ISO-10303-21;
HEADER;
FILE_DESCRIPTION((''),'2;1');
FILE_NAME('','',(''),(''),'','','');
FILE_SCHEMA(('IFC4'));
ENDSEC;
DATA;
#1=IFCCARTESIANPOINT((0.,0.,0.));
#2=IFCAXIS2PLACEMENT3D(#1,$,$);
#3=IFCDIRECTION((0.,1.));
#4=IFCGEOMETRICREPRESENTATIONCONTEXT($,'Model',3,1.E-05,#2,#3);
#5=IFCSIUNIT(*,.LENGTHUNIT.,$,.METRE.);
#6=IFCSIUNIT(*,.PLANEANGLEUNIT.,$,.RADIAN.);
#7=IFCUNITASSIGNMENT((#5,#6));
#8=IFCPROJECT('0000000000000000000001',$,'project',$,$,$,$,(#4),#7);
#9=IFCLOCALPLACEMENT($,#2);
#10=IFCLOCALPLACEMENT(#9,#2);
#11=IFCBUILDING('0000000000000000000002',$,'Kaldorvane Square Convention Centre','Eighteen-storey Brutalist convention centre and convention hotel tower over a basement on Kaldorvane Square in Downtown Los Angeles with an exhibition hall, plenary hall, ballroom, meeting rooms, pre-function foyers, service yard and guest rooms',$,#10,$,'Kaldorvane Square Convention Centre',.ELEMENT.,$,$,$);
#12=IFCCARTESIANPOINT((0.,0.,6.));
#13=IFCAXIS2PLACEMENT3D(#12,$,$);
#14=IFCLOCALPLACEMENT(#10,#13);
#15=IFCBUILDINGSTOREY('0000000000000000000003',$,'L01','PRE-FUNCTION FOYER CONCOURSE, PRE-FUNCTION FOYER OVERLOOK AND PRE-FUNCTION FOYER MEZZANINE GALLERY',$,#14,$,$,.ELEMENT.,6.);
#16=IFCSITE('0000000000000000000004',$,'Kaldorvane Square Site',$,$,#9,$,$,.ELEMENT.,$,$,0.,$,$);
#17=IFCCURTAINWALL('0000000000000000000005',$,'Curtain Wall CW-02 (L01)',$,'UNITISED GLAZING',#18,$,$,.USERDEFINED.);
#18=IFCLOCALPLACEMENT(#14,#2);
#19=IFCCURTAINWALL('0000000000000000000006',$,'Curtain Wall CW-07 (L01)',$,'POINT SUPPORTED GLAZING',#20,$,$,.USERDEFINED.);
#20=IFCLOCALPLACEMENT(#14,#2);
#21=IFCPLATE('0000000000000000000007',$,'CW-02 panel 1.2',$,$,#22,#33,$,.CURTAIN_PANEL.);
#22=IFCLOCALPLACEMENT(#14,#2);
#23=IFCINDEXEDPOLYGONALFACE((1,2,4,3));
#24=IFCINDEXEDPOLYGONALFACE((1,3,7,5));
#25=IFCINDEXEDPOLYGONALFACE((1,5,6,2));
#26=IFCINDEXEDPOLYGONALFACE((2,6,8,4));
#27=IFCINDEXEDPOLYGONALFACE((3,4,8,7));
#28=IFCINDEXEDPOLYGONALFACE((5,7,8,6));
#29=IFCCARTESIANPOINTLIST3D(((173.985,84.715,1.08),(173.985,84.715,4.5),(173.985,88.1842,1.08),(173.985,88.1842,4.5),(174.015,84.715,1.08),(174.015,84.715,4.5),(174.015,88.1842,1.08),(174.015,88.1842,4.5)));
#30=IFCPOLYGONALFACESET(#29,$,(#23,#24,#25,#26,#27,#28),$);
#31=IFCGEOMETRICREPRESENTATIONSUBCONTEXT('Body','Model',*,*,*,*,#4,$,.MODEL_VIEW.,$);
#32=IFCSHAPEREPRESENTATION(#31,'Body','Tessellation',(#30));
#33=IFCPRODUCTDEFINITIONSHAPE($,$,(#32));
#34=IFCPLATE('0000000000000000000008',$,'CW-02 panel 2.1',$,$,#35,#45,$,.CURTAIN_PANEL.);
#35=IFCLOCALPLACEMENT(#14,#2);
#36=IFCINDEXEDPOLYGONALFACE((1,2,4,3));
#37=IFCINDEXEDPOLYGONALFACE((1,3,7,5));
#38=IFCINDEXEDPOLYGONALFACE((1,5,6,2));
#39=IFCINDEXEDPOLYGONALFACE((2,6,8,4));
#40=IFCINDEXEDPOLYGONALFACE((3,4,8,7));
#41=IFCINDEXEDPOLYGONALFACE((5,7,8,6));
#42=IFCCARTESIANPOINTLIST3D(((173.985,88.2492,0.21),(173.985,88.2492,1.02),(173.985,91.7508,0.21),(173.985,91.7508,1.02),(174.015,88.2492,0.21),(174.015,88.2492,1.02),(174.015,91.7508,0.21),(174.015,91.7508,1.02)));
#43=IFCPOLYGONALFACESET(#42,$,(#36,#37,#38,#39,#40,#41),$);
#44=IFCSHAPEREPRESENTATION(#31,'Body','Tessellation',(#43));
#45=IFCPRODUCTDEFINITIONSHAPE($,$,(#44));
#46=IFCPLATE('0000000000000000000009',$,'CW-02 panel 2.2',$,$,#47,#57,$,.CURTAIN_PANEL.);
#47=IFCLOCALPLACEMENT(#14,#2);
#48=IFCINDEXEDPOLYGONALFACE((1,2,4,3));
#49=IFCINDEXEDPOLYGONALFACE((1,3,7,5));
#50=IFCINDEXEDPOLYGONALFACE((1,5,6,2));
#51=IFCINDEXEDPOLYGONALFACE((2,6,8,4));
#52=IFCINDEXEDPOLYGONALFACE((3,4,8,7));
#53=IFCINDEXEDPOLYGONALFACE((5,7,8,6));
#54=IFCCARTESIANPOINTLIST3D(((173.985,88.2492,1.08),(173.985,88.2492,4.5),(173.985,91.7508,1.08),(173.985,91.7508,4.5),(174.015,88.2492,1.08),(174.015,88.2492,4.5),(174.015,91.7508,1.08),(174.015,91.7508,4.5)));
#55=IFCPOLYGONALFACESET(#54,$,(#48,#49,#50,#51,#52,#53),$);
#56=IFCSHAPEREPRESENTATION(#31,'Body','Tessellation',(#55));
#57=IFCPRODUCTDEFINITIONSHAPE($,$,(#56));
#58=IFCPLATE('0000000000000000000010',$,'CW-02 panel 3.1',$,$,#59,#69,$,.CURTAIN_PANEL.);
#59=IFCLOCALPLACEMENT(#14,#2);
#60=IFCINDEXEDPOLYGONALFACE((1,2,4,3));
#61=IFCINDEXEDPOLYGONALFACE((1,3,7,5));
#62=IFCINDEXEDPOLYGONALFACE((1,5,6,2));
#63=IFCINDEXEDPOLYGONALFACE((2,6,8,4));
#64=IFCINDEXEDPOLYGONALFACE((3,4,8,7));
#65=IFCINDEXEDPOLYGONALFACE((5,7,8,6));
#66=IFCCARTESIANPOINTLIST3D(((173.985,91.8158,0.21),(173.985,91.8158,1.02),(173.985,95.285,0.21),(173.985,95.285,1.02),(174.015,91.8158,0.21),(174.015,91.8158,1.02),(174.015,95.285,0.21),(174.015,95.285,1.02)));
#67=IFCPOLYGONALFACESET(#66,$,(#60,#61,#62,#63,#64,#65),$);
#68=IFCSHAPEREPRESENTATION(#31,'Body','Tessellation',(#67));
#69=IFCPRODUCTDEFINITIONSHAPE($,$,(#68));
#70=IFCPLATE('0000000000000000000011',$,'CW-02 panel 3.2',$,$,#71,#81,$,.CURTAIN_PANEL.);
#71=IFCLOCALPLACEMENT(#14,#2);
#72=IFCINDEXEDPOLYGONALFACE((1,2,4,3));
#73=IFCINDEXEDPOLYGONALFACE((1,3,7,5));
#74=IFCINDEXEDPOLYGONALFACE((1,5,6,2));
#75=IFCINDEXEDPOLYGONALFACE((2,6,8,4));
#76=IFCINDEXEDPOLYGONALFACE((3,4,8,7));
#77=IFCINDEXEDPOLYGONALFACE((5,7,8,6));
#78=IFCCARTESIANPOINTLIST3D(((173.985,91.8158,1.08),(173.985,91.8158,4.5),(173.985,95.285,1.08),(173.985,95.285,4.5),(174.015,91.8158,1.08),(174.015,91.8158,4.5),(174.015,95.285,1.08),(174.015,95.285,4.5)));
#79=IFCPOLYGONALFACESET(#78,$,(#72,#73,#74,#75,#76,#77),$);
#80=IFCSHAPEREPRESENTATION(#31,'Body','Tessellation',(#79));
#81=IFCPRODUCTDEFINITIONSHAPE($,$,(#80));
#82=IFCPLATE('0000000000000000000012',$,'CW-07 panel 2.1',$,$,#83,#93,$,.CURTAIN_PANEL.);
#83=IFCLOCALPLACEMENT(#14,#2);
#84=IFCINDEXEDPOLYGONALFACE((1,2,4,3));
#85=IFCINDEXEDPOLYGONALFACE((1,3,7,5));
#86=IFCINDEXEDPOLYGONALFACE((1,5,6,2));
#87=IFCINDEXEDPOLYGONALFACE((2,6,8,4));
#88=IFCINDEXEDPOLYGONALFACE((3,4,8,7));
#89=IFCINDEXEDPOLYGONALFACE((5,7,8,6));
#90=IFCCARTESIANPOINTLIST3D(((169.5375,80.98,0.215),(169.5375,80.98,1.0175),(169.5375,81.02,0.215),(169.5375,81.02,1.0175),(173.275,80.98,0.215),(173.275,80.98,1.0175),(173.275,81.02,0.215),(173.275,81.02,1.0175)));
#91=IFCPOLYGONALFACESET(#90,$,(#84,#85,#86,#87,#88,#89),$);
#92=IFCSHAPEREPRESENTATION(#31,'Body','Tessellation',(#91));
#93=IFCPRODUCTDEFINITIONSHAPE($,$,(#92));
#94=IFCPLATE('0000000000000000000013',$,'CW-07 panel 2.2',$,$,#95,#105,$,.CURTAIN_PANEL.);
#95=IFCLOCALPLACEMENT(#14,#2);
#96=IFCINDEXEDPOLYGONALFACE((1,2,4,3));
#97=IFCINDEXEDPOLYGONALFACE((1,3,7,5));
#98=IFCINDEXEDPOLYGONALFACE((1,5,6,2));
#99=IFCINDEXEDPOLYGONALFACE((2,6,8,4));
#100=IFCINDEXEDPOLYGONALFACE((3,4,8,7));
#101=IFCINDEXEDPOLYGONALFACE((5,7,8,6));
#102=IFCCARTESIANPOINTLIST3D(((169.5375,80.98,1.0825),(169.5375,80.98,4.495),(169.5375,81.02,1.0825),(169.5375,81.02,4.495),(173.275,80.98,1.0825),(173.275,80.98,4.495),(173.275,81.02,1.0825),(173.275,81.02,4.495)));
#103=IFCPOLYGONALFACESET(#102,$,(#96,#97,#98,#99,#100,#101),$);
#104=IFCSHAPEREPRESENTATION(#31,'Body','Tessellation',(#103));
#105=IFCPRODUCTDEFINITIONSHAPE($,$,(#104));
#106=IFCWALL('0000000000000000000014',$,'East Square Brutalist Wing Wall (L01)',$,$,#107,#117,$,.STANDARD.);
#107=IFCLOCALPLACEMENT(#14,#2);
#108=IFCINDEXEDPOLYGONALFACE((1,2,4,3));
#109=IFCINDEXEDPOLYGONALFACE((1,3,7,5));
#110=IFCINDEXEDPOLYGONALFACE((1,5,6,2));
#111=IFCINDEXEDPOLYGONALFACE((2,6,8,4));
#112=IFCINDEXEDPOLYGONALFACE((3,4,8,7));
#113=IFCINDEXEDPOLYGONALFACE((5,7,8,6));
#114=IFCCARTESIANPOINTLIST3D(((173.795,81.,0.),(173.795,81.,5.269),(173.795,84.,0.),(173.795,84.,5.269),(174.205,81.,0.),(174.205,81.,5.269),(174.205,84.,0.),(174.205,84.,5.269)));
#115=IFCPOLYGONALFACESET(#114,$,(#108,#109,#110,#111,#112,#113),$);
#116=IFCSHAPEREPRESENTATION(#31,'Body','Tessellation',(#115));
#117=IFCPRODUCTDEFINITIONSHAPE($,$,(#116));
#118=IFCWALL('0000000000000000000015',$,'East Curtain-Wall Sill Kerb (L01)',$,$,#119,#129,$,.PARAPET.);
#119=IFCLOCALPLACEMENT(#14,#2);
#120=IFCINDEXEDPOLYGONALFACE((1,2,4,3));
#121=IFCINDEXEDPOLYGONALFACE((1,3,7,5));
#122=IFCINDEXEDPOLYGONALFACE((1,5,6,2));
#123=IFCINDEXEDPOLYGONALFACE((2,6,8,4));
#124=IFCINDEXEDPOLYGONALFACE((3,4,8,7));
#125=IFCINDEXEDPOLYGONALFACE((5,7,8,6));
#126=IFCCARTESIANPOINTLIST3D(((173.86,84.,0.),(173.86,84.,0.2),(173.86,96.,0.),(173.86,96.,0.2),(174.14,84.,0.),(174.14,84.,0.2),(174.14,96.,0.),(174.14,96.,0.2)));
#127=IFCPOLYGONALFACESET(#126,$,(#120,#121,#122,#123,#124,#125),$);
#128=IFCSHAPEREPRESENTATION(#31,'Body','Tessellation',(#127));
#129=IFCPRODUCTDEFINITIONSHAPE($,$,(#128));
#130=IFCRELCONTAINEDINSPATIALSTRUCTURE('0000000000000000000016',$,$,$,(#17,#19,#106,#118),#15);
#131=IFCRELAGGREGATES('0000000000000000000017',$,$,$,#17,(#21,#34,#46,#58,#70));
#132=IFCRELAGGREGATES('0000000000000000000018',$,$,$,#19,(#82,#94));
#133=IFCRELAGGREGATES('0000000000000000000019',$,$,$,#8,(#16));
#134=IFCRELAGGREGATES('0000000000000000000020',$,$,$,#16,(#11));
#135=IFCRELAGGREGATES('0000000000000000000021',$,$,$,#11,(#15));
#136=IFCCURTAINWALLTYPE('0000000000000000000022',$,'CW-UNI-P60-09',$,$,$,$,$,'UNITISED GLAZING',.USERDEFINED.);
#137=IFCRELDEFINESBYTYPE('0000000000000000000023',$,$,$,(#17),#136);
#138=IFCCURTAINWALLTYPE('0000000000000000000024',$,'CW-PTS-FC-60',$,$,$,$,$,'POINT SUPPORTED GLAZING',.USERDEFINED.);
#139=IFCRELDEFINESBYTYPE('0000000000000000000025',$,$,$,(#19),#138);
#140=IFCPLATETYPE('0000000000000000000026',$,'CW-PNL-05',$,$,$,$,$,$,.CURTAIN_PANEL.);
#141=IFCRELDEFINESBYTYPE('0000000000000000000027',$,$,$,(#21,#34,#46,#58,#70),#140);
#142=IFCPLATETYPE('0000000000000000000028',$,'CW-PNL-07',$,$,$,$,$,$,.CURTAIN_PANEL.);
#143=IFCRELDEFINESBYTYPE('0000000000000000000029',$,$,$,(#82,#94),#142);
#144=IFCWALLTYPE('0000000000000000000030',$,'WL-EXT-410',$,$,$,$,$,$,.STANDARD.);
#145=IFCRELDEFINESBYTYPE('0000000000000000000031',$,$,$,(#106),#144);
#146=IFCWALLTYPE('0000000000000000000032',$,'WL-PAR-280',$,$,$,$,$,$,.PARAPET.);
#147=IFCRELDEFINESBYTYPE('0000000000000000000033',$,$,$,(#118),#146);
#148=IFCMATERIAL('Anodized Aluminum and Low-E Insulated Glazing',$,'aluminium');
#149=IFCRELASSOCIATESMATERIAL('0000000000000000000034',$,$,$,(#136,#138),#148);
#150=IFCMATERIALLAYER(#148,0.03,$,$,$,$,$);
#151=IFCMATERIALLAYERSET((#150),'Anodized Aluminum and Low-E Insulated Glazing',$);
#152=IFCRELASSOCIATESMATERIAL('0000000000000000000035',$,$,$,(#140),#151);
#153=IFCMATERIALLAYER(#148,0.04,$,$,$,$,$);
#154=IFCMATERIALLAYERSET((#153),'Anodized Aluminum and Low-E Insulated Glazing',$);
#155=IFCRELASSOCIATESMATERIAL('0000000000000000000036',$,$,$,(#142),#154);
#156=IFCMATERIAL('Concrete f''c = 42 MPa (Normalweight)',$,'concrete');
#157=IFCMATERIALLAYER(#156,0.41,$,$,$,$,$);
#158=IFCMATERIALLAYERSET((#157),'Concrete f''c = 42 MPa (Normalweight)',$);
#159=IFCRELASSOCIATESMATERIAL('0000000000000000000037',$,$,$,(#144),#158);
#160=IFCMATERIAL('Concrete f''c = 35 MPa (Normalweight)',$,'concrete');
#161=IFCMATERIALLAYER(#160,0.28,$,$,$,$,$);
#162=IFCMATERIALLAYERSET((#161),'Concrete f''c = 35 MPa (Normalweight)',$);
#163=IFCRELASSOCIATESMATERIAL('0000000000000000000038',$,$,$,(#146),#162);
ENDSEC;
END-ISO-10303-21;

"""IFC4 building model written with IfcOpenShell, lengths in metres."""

from ifc_helpers import new_model, si_unit, direction, frame, frame_2d, origin, origin_2d, place, context, subcontext, project, spatial, rectangle, extrude, material, layer, layer_set, type_object, element, aggregate, save


model = new_model("IFC4")

# Units and contexts
model_context = context("Model", 3, precision=1e-05, world=origin(), true_north=direction((0.0, 1.0)))
body_context = subcontext(model_context, "Body", "Model", "MODEL_VIEW")
ifc_project = project(units=[si_unit("LENGTHUNIT", "METRE"), si_unit("PLANEANGLEUNIT", "RADIAN")], contexts=[model_context])

# Site, building, storey
site_placement = place(None, origin())
site = spatial("IfcSite", under=ifc_project, at=site_placement, Name="Kaldorvane Square Site", CompositionType="ELEMENT", RefElevation=0.0)
building_placement = place(site_placement, origin())
building = spatial("IfcBuilding", under=site, at=building_placement, Name="Kaldorvane Square Convention Centre", Description="Eighteen-storey Brutalist convention centre and convention hotel tower over a basement on Kaldorvane Square in Downtown Los Angeles with an exhibition hall, plenary hall, ballroom, meeting rooms, pre-function foyers, service yard and guest rooms", LongName="Kaldorvane Square Convention Centre", CompositionType="ELEMENT")
storey_placement = place(building_placement, frame((0.0, 0.0, 6.0)))
storey = spatial("IfcBuildingStorey", under=building, at=storey_placement, Name="L01", Description="PRE-FUNCTION FOYER CONCOURSE, PRE-FUNCTION FOYER OVERLOOK AND PRE-FUNCTION FOYER MEZZANINE GALLERY", CompositionType="ELEMENT", Elevation=6.0)

# Curtain wall
ifc_material_1 = material(Name="Anodized Aluminum and Low-E Insulated Glazing", Category="aluminium")
curtain_wall_type_1 = type_object("IfcCurtainWallType", Name="CW-UNI-P60-09", ElementType="UNITISED GLAZING", PredefinedType="USERDEFINED", material=ifc_material_1)
curtain_wall_1_placement = place(storey_placement, origin())
curtain_wall_1 = element("IfcCurtainWall", 1, at=curtain_wall_1_placement, inside=storey, type_object=curtain_wall_type_1, Name="Curtain Wall CW-02 (L01)", ObjectType="UNITISED GLAZING", PredefinedType="USERDEFINED")

# Curtain wall
curtain_wall_type_2 = type_object("IfcCurtainWallType", Name="CW-PTS-FC-60", ElementType="POINT SUPPORTED GLAZING", PredefinedType="USERDEFINED", material=ifc_material_1)
curtain_wall_2_placement = place(storey_placement, origin())
curtain_wall_2 = element("IfcCurtainWall", 2, at=curtain_wall_2_placement, inside=storey, type_object=curtain_wall_type_2, Name="Curtain Wall CW-07 (L01)", ObjectType="POINT SUPPORTED GLAZING", PredefinedType="USERDEFINED")

# Plates
ifc_layer_1 = layer(ifc_material_1, 0.03)
ifc_layer_set_1 = layer_set([ifc_layer_1], Name="Anodized Aluminum and Low-E Insulated Glazing")
plate_type_1 = type_object("IfcPlateType", Name="CW-PNL-05", PredefinedType="CURTAIN_PANEL", material=ifc_layer_set_1)
plate_1_placement = place(storey_placement, frame((174.0, 86.4496, 1.08), z_axis=(0.0, 0.0, 1.0), x_axis=(0.0, 1.0, 0.0)))
plate_1 = element("IfcPlate", 3, at=plate_1_placement, type_object=plate_type_1, Name="CW-02 panel 1.2", PredefinedType="CURTAIN_PANEL", context=body_context, shape_type="SweptSolid", body=[
    extrude(rectangle(XDim=3.4692, YDim=0.03, at=origin_2d()), origin(), (0.0, 0.0, 1.0), 3.42),
])
plate_2_placement = place(storey_placement, frame((174.0, 90.0, 0.21), z_axis=(0.0, 0.0, 1.0), x_axis=(0.0, 1.0, 0.0)))
plate_2 = element("IfcPlate", 4, at=plate_2_placement, type_object=plate_type_1, Name="CW-02 panel 2.1", PredefinedType="CURTAIN_PANEL", context=body_context, shape_type="SweptSolid", body=[
    extrude(rectangle(XDim=3.5017, YDim=0.03, at=origin_2d()), origin(), (0.0, 0.0, 1.0), 0.81),
])
plate_3_placement = place(storey_placement, frame((174.0, 90.0, 1.08), z_axis=(0.0, 0.0, 1.0), x_axis=(0.0, 1.0, 0.0)))
plate_3 = element("IfcPlate", 5, at=plate_3_placement, type_object=plate_type_1, Name="CW-02 panel 2.2", PredefinedType="CURTAIN_PANEL", context=body_context, shape_type="SweptSolid", body=[
    extrude(rectangle(XDim=3.5017, YDim=0.03, at=origin_2d()), origin(), (0.0, 0.0, 1.0), 3.42),
])
plate_4_placement = place(storey_placement, frame((174.0, 93.5504, 0.21), z_axis=(0.0, 0.0, 1.0), x_axis=(0.0, 1.0, 0.0)))
plate_4 = element("IfcPlate", 6, at=plate_4_placement, type_object=plate_type_1, Name="CW-02 panel 3.1", PredefinedType="CURTAIN_PANEL", context=body_context, shape_type="SweptSolid", body=[
    extrude(rectangle(XDim=3.4692, YDim=0.03, at=origin_2d()), origin(), (0.0, 0.0, 1.0), 0.81),
])
plate_5_placement = place(storey_placement, frame((174.0, 93.5504, 1.08), z_axis=(0.0, 0.0, 1.0), x_axis=(0.0, 1.0, 0.0)))
plate_5 = element("IfcPlate", 7, at=plate_5_placement, type_object=plate_type_1, Name="CW-02 panel 3.2", PredefinedType="CURTAIN_PANEL", context=body_context, shape_type="SweptSolid", body=[
    extrude(rectangle(XDim=3.4692, YDim=0.03, at=origin_2d()), origin(), (0.0, 0.0, 1.0), 3.42),
])
aggregate(curtain_wall_1, [plate_1, plate_2, plate_3, plate_4, plate_5])
ifc_layer_2 = layer(ifc_material_1, 0.04)
ifc_layer_set_2 = layer_set([ifc_layer_2], Name="Anodized Aluminum and Low-E Insulated Glazing")
plate_type_2 = type_object("IfcPlateType", Name="CW-PNL-07", PredefinedType="CURTAIN_PANEL", material=ifc_layer_set_2)
plate_6_placement = place(storey_placement, frame((171.4062, 81.0, 0.215), z_axis=(0.0, 0.0, 1.0), x_axis=(1.0, 0.0, 0.0)))
plate_6 = element("IfcPlate", 8, at=plate_6_placement, type_object=plate_type_2, Name="CW-07 panel 2.1", PredefinedType="CURTAIN_PANEL", context=body_context, shape_type="SweptSolid", body=[
    extrude(rectangle(XDim=3.7375, YDim=0.04, at=origin_2d()), origin(), (0.0, 0.0, 1.0), 0.8025),
])
plate_7_placement = place(storey_placement, frame((171.4062, 81.0, 1.0825), z_axis=(0.0, 0.0, 1.0), x_axis=(1.0, 0.0, 0.0)))
plate_7 = element("IfcPlate", 9, at=plate_7_placement, type_object=plate_type_2, Name="CW-07 panel 2.2", PredefinedType="CURTAIN_PANEL", context=body_context, shape_type="SweptSolid", body=[
    extrude(rectangle(XDim=3.7375, YDim=0.04, at=origin_2d()), origin(), (0.0, 0.0, 1.0), 3.4125),
])
aggregate(curtain_wall_2, [plate_6, plate_7])

# Walls
ifc_material_2 = material(Name="Concrete f'c = 42 MPa (Normalweight)", Category="concrete")
ifc_layer_3 = layer(ifc_material_2, 0.41)
ifc_layer_set_3 = layer_set([ifc_layer_3], Name="Concrete f'c = 42 MPa (Normalweight)")
wall_type_1 = type_object("IfcWallType", Name="WL-EXT-410", PredefinedType="STANDARD", material=ifc_layer_set_3)
wall_1_placement = place(storey_placement, frame((174.0, 81.0, 0.0), z_axis=(0.0, 0.0, 1.0), x_axis=(0.0, 1.0, 0.0)))
element("IfcWall", 10, at=wall_1_placement, inside=storey, type_object=wall_type_1, Name="East Square Brutalist Wing Wall (L01)", PredefinedType="STANDARD", context=body_context, shape_type="SweptSolid", body=[
    extrude(rectangle(XDim=3.0, YDim=0.41, at=frame_2d((1.5, 0.0))), origin(), (0.0, 0.0, 1.0), 5.269),
])
ifc_material_3 = material(Name="Concrete f'c = 35 MPa (Normalweight)", Category="concrete")
ifc_layer_4 = layer(ifc_material_3, 0.28)
ifc_layer_set_4 = layer_set([ifc_layer_4], Name="Concrete f'c = 35 MPa (Normalweight)")
wall_type_2 = type_object("IfcWallType", Name="WL-PAR-280", PredefinedType="PARAPET", material=ifc_layer_set_4)
wall_2_placement = place(storey_placement, frame((174.0, 84.0, 0.0), z_axis=(0.0, 0.0, 1.0), x_axis=(0.0, 1.0, 0.0)))
element("IfcWall", 11, at=wall_2_placement, inside=storey, type_object=wall_type_2, Name="East Curtain-Wall Sill Kerb (L01)", PredefinedType="PARAPET", context=body_context, shape_type="SweptSolid", body=[
    extrude(rectangle(XDim=12.0, YDim=0.28, at=frame_2d((6.0, 0.0))), origin(), (0.0, 0.0, 1.0), 0.2),
])

save(model, "model.ifc")
